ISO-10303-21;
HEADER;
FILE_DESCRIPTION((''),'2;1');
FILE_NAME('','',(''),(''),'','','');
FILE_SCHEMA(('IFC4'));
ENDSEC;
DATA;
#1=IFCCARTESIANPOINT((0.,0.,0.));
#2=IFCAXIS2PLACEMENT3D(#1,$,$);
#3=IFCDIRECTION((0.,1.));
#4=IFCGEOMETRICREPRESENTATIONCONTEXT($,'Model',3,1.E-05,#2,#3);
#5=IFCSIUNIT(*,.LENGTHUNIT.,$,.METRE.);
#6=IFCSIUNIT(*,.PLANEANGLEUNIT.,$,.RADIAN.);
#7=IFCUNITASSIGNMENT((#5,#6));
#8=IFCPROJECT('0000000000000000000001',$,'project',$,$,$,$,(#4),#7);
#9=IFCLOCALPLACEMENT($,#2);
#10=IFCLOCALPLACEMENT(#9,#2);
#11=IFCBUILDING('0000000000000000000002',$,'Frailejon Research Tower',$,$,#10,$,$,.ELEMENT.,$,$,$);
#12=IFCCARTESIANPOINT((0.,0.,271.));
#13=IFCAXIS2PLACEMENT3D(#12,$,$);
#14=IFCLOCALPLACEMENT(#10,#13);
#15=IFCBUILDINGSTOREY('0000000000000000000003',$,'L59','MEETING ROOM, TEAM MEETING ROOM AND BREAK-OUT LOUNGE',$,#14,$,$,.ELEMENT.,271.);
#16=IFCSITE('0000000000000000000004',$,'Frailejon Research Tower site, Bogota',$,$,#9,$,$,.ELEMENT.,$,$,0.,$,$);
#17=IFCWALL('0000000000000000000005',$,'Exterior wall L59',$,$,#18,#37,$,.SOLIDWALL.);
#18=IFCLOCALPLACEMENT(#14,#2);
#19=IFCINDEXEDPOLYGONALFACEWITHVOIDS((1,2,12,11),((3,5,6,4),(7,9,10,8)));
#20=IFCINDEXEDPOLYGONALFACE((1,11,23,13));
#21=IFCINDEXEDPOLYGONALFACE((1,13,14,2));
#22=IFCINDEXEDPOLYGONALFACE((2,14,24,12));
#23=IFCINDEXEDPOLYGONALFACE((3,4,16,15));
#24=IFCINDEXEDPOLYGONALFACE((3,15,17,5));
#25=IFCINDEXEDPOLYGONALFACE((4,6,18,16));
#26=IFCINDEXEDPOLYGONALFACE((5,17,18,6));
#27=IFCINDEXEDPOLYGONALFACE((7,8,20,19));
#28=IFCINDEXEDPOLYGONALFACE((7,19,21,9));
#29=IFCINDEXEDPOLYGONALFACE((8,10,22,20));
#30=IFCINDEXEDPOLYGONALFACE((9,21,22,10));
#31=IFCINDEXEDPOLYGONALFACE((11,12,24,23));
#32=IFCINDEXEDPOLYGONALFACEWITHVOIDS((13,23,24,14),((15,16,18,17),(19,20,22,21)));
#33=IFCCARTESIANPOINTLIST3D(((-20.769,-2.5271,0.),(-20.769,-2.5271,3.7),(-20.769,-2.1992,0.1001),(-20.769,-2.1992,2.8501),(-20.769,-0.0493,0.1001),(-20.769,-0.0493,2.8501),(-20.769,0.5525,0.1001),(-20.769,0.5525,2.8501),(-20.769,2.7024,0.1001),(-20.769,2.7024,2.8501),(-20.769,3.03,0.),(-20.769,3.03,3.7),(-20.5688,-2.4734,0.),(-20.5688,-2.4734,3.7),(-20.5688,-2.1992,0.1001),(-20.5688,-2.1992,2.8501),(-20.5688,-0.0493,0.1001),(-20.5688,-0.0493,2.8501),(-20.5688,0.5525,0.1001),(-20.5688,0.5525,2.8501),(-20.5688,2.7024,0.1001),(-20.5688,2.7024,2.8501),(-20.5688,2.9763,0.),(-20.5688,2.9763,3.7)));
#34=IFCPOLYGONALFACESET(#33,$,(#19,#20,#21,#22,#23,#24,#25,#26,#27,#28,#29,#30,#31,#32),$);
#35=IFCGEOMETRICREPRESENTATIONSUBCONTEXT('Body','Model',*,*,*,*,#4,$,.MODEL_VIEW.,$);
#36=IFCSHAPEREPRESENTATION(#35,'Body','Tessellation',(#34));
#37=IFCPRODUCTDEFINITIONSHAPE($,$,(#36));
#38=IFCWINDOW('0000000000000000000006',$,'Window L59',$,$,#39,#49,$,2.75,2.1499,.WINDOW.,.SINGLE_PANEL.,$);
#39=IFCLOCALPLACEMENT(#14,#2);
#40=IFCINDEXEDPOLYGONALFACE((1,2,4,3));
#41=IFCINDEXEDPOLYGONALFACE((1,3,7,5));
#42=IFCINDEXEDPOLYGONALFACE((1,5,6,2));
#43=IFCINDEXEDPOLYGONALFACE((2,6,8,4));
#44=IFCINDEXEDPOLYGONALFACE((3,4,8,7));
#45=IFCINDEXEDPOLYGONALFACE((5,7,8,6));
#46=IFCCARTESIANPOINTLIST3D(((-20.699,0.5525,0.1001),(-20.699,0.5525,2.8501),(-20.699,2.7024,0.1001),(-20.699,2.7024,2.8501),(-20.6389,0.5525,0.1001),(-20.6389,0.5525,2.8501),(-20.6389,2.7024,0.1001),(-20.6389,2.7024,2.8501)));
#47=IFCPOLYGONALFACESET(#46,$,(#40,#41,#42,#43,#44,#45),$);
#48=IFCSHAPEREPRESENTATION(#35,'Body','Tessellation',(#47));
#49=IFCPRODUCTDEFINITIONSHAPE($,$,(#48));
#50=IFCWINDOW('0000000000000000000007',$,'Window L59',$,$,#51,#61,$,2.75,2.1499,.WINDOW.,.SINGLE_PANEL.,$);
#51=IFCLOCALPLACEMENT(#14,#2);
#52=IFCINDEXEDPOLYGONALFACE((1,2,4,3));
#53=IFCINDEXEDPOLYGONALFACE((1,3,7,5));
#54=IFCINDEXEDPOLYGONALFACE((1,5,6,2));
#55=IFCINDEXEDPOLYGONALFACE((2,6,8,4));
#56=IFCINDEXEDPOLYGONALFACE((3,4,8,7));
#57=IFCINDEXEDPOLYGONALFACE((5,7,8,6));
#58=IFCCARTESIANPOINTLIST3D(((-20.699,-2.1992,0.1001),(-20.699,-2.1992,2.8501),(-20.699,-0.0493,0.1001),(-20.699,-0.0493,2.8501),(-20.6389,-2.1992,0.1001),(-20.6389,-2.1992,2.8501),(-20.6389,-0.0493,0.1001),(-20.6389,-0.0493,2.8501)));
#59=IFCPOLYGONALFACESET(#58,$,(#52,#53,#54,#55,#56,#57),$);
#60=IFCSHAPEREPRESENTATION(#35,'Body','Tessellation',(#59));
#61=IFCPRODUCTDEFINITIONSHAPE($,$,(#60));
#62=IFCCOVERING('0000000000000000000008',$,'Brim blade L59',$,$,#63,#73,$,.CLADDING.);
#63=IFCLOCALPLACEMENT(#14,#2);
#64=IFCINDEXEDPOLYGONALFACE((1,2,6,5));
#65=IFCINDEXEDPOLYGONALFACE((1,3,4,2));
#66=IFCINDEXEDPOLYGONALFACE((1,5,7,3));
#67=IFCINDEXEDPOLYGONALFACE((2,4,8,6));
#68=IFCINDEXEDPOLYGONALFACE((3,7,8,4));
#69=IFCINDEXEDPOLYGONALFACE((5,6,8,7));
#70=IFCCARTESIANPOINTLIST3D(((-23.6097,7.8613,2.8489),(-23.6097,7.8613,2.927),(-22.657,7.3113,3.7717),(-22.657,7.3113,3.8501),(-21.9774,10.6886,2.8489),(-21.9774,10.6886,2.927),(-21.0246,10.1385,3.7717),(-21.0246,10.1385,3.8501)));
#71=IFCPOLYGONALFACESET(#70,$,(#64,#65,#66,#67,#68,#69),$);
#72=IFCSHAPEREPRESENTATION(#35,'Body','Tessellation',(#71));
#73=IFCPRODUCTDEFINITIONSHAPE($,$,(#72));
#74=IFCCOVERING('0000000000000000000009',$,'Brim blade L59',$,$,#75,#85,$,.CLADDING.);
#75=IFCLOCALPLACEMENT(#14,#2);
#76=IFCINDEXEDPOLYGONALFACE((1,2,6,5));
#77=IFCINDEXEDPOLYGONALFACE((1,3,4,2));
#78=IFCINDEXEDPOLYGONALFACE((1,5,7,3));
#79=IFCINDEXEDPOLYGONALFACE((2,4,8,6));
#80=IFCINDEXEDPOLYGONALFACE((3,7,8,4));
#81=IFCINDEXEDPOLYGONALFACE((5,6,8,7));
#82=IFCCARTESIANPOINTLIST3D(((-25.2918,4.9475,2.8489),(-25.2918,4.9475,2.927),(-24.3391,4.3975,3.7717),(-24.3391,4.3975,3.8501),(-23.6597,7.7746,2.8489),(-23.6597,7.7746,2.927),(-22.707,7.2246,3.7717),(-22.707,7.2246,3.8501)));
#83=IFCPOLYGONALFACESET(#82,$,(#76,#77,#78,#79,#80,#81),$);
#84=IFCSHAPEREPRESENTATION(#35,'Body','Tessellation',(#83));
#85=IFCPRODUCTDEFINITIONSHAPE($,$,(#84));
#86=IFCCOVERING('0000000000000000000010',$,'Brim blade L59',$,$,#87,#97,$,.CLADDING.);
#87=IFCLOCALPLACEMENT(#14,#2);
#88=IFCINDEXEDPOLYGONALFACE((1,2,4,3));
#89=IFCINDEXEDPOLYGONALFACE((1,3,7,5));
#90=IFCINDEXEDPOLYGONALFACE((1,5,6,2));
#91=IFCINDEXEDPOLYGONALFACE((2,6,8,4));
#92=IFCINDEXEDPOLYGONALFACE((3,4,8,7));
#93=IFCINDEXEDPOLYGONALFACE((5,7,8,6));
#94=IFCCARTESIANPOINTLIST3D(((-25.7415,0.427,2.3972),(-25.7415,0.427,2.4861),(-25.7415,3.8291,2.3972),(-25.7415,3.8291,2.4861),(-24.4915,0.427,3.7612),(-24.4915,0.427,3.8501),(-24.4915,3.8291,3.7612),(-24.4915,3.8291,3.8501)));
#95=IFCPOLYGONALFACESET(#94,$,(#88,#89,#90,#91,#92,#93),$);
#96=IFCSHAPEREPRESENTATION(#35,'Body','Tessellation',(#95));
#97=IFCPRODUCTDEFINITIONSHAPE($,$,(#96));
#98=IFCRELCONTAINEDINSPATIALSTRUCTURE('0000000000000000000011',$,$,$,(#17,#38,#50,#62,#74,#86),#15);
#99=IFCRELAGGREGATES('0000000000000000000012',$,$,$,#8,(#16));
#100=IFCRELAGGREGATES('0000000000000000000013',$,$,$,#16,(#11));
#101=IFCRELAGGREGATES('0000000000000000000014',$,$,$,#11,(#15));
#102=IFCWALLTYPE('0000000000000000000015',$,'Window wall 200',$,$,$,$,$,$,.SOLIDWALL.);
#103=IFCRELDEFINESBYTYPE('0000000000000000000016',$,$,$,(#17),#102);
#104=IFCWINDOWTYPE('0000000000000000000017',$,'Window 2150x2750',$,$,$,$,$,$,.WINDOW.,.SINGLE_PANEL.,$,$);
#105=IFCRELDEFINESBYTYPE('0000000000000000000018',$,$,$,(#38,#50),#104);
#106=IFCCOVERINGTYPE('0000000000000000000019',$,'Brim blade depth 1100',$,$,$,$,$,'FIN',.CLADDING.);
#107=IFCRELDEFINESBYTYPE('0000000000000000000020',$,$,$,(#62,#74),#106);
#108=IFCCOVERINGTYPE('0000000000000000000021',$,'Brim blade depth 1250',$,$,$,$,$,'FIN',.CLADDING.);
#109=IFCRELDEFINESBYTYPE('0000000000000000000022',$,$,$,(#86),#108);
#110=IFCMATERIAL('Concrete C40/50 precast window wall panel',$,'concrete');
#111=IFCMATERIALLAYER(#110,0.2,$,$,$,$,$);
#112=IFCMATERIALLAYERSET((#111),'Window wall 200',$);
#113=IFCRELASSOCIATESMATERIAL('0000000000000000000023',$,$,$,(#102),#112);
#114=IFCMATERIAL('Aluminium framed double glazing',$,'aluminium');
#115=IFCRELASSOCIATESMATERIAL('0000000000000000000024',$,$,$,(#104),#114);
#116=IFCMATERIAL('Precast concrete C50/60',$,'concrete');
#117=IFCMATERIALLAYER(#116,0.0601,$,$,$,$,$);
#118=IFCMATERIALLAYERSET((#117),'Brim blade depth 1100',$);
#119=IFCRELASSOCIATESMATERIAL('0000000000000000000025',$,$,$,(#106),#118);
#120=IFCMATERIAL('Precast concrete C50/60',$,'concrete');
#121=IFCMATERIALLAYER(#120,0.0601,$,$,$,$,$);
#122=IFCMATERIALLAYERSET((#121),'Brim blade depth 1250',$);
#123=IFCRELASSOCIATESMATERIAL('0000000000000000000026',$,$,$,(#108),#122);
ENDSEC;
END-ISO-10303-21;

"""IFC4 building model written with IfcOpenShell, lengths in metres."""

from ifc_helpers import new_model, si_unit, direction, frame, frame_2d, origin, place, context, subcontext, project, spatial, polyline, rectangle, outline, extrude, material, layer, layer_set, type_object, element, fill, save


model = new_model("IFC4")

# Units and contexts
model_context = context("Model", 3, precision=1e-05, world=origin(), true_north=direction((0.0, 1.0)))
body_context = subcontext(model_context, "Body", "Model", "MODEL_VIEW")
ifc_project = project(units=[si_unit("LENGTHUNIT", "METRE"), si_unit("PLANEANGLEUNIT", "RADIAN")], contexts=[model_context])

# Site, building, storey
site_placement = place(None, origin())
site = spatial("IfcSite", under=ifc_project, at=site_placement, Name="Frailejon Research Tower site, Bogota", CompositionType="ELEMENT", RefElevation=0.0)
building_placement = place(site_placement, origin())
building = spatial("IfcBuilding", under=site, at=building_placement, Name="Frailejon Research Tower", CompositionType="ELEMENT")
storey_placement = place(building_placement, frame((0.0, 0.0, 271.0)))
storey = spatial("IfcBuildingStorey", under=building, at=storey_placement, Name="L59", Description="MEETING ROOM, TEAM MEETING ROOM AND BREAK-OUT LOUNGE", CompositionType="ELEMENT", Elevation=271.0)

# Wall, openings, windows
ifc_material_1 = material(Name="Concrete C40/50 precast window wall panel", Category="concrete")
ifc_layer_1 = layer(ifc_material_1, 0.2)
ifc_layer_set_1 = layer_set([ifc_layer_1], Name="Window wall 200")
wall_type_1 = type_object("IfcWallType", Name="Window wall 200", PredefinedType="SOLIDWALL", material=ifc_layer_set_1)
wall_1_placement = place(storey_placement, frame((-20.6689, 3.0032, 0.0), z_axis=(0.0, 0.0, 1.0), x_axis=(0.0, -1.0, 0.0)))
wall_1 = element("IfcWall", 1, at=wall_1_placement, inside=storey, type_object=wall_type_1, Name="Exterior wall L59", PredefinedType="SOLIDWALL", context=body_context, shape_type="SweptSolid", body=[
    extrude(outline(polyline([(-0.0269, -0.1001), (1.0845, -0.1001), (2.196, -0.1001), (3.3074, -0.1001), (4.4189, -0.1001), (5.5303, -0.1001), (5.4766, 0.1001), (4.3867, 0.1001), (3.2966, 0.1001), (2.2068, 0.1001), (1.1167, 0.1001), (0.0269, 0.1001), (-0.0269, -0.1001)])), origin(), (0.0, 0.0, 1.0), 3.7),
])
opening_1_placement = place(wall_1_placement, frame((0.3008, 0.0, 0.1001)))
opening_1 = element("IfcOpeningElement", 2, at=opening_1_placement, cuts=wall_1, PredefinedType="OPENING", context=body_context, shape_type="SweptSolid", body=[
    extrude(rectangle(XDim=2.1499, YDim=2.75, at=frame_2d((1.075, 1.375))), frame((0.0, 0.1099, 0.0), z_axis=(0.0, -1.0, 0.0), x_axis=(1.0, 0.0, 0.0)), (0.0, 0.0, 1.0), 0.22),
])
opening_2_placement = place(wall_1_placement, frame((3.0525, 0.0, 0.1001)))
opening_2 = element("IfcOpeningElement", 3, at=opening_2_placement, cuts=wall_1, PredefinedType="OPENING", context=body_context, shape_type="SweptSolid", body=[
    extrude(rectangle(XDim=2.1499, YDim=2.75, at=frame_2d((1.075, 1.375))), frame((0.0, 0.1099, 0.0), z_axis=(0.0, -1.0, 0.0), x_axis=(1.0, 0.0, 0.0)), (0.0, 0.0, 1.0), 0.22),
])
ifc_material_2 = material(Name="Aluminium framed double glazing", Category="aluminium")
window_type = type_object("IfcWindowType", Name="Window 2150x2750", PartitioningType="SINGLE_PANEL", PredefinedType="WINDOW", material=ifc_material_2)
window_1_placement = place(opening_1_placement, origin())
window_1 = element("IfcWindow", 4, at=window_1_placement, inside=storey, type_object=window_type, Name="Window L59", OverallHeight=2.75, OverallWidth=2.1499, PartitioningType="SINGLE_PANEL", PredefinedType="WINDOW", context=body_context, shape_type="SweptSolid", body=[
    extrude(rectangle(XDim=2.1499, YDim=2.75, at=frame_2d((1.075, 1.375))), frame((0.0, 0.03, 0.0), z_axis=(0.0, -1.0, 0.0), x_axis=(1.0, 0.0, 0.0)), (0.0, 0.0, 1.0), 0.0601),
])
fill(opening_1, window_1)
window_2_placement = place(opening_2_placement, origin())
window_2 = element("IfcWindow", 5, at=window_2_placement, inside=storey, type_object=window_type, Name="Window L59", OverallHeight=2.75, OverallWidth=2.1499, PartitioningType="SINGLE_PANEL", PredefinedType="WINDOW", context=body_context, shape_type="SweptSolid", body=[
    extrude(rectangle(XDim=2.1499, YDim=2.75, at=frame_2d((1.075, 1.375))), frame((0.0, 0.03, 0.0), z_axis=(0.0, -1.0, 0.0), x_axis=(1.0, 0.0, 0.0)), (0.0, 0.0, 1.0), 0.0601),
])
fill(opening_2, window_2)

# Coverings
ifc_material_3 = material(Name="Precast concrete C50/60", Category="concrete")
ifc_layer_2 = layer(ifc_material_3, 0.0601)
ifc_layer_set_2 = layer_set([ifc_layer_2], Name="Brim blade depth 1100")
covering_type_1 = type_object("IfcCoveringType", Name="Brim blade depth 1100", ElementType="FIN", PredefinedType="CLADDING", material=ifc_layer_set_2)
covering_1_placement = place(storey_placement, frame((-22.657, 7.3113, 3.8501), z_axis=(0.500004, 0.866023, 0.0), x_axis=(-0.866023, 0.500004, 0.0)))
element("IfcCovering", 6, at=covering_1_placement, inside=storey, type_object=covering_type_1, Name="Brim blade L59", PredefinedType="CLADDING", context=body_context, shape_type="SweptSolid", body=[
    extrude(outline(polyline([(0.0, -0.0784), (1.1001, -1.0012), (1.1001, -0.9231), (0.0, 0.0), (0.0, -0.0784)])), origin(), (0.0, 0.0, 1.0), 3.2646),
])
covering_2_placement = place(storey_placement, frame((-24.3391, 4.3975, 3.8501), z_axis=(0.499981, 0.866036, 0.0), x_axis=(-0.866036, 0.499981, 0.0)))
element("IfcCovering", 7, at=covering_2_placement, inside=storey, type_object=covering_type_1, Name="Brim blade L59", PredefinedType="CLADDING", context=body_context, shape_type="SweptSolid", body=[
    extrude(outline(polyline([(0.0, -0.0784), (1.1001, -1.0012), (1.1001, -0.9231), (0.0, 0.0), (0.0, -0.0784)])), origin(), (0.0, 0.0, 1.0), 3.2644),
])
ifc_material_4 = material(Name="Precast concrete C50/60", Category="concrete")
ifc_layer_3 = layer(ifc_material_4, 0.0601)
ifc_layer_set_3 = layer_set([ifc_layer_3], Name="Brim blade depth 1250")
covering_type_2 = type_object("IfcCoveringType", Name="Brim blade depth 1250", ElementType="FIN", PredefinedType="CLADDING", material=ifc_layer_set_3)
covering_3_placement = place(storey_placement, frame((-24.4915, 0.427, 3.8501), z_axis=(0.0, 1.0, 0.0), x_axis=(-1.0, 0.0, 0.0)))
element("IfcCovering", 8, at=covering_3_placement, inside=storey, type_object=covering_type_2, Name="Brim blade L59", PredefinedType="CLADDING", context=body_context, shape_type="SweptSolid", body=[
    extrude(outline(polyline([(0.0, -0.0889), (1.25, -1.4529), (1.25, -1.364), (0.0, 0.0), (0.0, -0.0889)])), origin(), (0.0, 0.0, 1.0), 3.4021),
])

save(model, "model.ifc")
